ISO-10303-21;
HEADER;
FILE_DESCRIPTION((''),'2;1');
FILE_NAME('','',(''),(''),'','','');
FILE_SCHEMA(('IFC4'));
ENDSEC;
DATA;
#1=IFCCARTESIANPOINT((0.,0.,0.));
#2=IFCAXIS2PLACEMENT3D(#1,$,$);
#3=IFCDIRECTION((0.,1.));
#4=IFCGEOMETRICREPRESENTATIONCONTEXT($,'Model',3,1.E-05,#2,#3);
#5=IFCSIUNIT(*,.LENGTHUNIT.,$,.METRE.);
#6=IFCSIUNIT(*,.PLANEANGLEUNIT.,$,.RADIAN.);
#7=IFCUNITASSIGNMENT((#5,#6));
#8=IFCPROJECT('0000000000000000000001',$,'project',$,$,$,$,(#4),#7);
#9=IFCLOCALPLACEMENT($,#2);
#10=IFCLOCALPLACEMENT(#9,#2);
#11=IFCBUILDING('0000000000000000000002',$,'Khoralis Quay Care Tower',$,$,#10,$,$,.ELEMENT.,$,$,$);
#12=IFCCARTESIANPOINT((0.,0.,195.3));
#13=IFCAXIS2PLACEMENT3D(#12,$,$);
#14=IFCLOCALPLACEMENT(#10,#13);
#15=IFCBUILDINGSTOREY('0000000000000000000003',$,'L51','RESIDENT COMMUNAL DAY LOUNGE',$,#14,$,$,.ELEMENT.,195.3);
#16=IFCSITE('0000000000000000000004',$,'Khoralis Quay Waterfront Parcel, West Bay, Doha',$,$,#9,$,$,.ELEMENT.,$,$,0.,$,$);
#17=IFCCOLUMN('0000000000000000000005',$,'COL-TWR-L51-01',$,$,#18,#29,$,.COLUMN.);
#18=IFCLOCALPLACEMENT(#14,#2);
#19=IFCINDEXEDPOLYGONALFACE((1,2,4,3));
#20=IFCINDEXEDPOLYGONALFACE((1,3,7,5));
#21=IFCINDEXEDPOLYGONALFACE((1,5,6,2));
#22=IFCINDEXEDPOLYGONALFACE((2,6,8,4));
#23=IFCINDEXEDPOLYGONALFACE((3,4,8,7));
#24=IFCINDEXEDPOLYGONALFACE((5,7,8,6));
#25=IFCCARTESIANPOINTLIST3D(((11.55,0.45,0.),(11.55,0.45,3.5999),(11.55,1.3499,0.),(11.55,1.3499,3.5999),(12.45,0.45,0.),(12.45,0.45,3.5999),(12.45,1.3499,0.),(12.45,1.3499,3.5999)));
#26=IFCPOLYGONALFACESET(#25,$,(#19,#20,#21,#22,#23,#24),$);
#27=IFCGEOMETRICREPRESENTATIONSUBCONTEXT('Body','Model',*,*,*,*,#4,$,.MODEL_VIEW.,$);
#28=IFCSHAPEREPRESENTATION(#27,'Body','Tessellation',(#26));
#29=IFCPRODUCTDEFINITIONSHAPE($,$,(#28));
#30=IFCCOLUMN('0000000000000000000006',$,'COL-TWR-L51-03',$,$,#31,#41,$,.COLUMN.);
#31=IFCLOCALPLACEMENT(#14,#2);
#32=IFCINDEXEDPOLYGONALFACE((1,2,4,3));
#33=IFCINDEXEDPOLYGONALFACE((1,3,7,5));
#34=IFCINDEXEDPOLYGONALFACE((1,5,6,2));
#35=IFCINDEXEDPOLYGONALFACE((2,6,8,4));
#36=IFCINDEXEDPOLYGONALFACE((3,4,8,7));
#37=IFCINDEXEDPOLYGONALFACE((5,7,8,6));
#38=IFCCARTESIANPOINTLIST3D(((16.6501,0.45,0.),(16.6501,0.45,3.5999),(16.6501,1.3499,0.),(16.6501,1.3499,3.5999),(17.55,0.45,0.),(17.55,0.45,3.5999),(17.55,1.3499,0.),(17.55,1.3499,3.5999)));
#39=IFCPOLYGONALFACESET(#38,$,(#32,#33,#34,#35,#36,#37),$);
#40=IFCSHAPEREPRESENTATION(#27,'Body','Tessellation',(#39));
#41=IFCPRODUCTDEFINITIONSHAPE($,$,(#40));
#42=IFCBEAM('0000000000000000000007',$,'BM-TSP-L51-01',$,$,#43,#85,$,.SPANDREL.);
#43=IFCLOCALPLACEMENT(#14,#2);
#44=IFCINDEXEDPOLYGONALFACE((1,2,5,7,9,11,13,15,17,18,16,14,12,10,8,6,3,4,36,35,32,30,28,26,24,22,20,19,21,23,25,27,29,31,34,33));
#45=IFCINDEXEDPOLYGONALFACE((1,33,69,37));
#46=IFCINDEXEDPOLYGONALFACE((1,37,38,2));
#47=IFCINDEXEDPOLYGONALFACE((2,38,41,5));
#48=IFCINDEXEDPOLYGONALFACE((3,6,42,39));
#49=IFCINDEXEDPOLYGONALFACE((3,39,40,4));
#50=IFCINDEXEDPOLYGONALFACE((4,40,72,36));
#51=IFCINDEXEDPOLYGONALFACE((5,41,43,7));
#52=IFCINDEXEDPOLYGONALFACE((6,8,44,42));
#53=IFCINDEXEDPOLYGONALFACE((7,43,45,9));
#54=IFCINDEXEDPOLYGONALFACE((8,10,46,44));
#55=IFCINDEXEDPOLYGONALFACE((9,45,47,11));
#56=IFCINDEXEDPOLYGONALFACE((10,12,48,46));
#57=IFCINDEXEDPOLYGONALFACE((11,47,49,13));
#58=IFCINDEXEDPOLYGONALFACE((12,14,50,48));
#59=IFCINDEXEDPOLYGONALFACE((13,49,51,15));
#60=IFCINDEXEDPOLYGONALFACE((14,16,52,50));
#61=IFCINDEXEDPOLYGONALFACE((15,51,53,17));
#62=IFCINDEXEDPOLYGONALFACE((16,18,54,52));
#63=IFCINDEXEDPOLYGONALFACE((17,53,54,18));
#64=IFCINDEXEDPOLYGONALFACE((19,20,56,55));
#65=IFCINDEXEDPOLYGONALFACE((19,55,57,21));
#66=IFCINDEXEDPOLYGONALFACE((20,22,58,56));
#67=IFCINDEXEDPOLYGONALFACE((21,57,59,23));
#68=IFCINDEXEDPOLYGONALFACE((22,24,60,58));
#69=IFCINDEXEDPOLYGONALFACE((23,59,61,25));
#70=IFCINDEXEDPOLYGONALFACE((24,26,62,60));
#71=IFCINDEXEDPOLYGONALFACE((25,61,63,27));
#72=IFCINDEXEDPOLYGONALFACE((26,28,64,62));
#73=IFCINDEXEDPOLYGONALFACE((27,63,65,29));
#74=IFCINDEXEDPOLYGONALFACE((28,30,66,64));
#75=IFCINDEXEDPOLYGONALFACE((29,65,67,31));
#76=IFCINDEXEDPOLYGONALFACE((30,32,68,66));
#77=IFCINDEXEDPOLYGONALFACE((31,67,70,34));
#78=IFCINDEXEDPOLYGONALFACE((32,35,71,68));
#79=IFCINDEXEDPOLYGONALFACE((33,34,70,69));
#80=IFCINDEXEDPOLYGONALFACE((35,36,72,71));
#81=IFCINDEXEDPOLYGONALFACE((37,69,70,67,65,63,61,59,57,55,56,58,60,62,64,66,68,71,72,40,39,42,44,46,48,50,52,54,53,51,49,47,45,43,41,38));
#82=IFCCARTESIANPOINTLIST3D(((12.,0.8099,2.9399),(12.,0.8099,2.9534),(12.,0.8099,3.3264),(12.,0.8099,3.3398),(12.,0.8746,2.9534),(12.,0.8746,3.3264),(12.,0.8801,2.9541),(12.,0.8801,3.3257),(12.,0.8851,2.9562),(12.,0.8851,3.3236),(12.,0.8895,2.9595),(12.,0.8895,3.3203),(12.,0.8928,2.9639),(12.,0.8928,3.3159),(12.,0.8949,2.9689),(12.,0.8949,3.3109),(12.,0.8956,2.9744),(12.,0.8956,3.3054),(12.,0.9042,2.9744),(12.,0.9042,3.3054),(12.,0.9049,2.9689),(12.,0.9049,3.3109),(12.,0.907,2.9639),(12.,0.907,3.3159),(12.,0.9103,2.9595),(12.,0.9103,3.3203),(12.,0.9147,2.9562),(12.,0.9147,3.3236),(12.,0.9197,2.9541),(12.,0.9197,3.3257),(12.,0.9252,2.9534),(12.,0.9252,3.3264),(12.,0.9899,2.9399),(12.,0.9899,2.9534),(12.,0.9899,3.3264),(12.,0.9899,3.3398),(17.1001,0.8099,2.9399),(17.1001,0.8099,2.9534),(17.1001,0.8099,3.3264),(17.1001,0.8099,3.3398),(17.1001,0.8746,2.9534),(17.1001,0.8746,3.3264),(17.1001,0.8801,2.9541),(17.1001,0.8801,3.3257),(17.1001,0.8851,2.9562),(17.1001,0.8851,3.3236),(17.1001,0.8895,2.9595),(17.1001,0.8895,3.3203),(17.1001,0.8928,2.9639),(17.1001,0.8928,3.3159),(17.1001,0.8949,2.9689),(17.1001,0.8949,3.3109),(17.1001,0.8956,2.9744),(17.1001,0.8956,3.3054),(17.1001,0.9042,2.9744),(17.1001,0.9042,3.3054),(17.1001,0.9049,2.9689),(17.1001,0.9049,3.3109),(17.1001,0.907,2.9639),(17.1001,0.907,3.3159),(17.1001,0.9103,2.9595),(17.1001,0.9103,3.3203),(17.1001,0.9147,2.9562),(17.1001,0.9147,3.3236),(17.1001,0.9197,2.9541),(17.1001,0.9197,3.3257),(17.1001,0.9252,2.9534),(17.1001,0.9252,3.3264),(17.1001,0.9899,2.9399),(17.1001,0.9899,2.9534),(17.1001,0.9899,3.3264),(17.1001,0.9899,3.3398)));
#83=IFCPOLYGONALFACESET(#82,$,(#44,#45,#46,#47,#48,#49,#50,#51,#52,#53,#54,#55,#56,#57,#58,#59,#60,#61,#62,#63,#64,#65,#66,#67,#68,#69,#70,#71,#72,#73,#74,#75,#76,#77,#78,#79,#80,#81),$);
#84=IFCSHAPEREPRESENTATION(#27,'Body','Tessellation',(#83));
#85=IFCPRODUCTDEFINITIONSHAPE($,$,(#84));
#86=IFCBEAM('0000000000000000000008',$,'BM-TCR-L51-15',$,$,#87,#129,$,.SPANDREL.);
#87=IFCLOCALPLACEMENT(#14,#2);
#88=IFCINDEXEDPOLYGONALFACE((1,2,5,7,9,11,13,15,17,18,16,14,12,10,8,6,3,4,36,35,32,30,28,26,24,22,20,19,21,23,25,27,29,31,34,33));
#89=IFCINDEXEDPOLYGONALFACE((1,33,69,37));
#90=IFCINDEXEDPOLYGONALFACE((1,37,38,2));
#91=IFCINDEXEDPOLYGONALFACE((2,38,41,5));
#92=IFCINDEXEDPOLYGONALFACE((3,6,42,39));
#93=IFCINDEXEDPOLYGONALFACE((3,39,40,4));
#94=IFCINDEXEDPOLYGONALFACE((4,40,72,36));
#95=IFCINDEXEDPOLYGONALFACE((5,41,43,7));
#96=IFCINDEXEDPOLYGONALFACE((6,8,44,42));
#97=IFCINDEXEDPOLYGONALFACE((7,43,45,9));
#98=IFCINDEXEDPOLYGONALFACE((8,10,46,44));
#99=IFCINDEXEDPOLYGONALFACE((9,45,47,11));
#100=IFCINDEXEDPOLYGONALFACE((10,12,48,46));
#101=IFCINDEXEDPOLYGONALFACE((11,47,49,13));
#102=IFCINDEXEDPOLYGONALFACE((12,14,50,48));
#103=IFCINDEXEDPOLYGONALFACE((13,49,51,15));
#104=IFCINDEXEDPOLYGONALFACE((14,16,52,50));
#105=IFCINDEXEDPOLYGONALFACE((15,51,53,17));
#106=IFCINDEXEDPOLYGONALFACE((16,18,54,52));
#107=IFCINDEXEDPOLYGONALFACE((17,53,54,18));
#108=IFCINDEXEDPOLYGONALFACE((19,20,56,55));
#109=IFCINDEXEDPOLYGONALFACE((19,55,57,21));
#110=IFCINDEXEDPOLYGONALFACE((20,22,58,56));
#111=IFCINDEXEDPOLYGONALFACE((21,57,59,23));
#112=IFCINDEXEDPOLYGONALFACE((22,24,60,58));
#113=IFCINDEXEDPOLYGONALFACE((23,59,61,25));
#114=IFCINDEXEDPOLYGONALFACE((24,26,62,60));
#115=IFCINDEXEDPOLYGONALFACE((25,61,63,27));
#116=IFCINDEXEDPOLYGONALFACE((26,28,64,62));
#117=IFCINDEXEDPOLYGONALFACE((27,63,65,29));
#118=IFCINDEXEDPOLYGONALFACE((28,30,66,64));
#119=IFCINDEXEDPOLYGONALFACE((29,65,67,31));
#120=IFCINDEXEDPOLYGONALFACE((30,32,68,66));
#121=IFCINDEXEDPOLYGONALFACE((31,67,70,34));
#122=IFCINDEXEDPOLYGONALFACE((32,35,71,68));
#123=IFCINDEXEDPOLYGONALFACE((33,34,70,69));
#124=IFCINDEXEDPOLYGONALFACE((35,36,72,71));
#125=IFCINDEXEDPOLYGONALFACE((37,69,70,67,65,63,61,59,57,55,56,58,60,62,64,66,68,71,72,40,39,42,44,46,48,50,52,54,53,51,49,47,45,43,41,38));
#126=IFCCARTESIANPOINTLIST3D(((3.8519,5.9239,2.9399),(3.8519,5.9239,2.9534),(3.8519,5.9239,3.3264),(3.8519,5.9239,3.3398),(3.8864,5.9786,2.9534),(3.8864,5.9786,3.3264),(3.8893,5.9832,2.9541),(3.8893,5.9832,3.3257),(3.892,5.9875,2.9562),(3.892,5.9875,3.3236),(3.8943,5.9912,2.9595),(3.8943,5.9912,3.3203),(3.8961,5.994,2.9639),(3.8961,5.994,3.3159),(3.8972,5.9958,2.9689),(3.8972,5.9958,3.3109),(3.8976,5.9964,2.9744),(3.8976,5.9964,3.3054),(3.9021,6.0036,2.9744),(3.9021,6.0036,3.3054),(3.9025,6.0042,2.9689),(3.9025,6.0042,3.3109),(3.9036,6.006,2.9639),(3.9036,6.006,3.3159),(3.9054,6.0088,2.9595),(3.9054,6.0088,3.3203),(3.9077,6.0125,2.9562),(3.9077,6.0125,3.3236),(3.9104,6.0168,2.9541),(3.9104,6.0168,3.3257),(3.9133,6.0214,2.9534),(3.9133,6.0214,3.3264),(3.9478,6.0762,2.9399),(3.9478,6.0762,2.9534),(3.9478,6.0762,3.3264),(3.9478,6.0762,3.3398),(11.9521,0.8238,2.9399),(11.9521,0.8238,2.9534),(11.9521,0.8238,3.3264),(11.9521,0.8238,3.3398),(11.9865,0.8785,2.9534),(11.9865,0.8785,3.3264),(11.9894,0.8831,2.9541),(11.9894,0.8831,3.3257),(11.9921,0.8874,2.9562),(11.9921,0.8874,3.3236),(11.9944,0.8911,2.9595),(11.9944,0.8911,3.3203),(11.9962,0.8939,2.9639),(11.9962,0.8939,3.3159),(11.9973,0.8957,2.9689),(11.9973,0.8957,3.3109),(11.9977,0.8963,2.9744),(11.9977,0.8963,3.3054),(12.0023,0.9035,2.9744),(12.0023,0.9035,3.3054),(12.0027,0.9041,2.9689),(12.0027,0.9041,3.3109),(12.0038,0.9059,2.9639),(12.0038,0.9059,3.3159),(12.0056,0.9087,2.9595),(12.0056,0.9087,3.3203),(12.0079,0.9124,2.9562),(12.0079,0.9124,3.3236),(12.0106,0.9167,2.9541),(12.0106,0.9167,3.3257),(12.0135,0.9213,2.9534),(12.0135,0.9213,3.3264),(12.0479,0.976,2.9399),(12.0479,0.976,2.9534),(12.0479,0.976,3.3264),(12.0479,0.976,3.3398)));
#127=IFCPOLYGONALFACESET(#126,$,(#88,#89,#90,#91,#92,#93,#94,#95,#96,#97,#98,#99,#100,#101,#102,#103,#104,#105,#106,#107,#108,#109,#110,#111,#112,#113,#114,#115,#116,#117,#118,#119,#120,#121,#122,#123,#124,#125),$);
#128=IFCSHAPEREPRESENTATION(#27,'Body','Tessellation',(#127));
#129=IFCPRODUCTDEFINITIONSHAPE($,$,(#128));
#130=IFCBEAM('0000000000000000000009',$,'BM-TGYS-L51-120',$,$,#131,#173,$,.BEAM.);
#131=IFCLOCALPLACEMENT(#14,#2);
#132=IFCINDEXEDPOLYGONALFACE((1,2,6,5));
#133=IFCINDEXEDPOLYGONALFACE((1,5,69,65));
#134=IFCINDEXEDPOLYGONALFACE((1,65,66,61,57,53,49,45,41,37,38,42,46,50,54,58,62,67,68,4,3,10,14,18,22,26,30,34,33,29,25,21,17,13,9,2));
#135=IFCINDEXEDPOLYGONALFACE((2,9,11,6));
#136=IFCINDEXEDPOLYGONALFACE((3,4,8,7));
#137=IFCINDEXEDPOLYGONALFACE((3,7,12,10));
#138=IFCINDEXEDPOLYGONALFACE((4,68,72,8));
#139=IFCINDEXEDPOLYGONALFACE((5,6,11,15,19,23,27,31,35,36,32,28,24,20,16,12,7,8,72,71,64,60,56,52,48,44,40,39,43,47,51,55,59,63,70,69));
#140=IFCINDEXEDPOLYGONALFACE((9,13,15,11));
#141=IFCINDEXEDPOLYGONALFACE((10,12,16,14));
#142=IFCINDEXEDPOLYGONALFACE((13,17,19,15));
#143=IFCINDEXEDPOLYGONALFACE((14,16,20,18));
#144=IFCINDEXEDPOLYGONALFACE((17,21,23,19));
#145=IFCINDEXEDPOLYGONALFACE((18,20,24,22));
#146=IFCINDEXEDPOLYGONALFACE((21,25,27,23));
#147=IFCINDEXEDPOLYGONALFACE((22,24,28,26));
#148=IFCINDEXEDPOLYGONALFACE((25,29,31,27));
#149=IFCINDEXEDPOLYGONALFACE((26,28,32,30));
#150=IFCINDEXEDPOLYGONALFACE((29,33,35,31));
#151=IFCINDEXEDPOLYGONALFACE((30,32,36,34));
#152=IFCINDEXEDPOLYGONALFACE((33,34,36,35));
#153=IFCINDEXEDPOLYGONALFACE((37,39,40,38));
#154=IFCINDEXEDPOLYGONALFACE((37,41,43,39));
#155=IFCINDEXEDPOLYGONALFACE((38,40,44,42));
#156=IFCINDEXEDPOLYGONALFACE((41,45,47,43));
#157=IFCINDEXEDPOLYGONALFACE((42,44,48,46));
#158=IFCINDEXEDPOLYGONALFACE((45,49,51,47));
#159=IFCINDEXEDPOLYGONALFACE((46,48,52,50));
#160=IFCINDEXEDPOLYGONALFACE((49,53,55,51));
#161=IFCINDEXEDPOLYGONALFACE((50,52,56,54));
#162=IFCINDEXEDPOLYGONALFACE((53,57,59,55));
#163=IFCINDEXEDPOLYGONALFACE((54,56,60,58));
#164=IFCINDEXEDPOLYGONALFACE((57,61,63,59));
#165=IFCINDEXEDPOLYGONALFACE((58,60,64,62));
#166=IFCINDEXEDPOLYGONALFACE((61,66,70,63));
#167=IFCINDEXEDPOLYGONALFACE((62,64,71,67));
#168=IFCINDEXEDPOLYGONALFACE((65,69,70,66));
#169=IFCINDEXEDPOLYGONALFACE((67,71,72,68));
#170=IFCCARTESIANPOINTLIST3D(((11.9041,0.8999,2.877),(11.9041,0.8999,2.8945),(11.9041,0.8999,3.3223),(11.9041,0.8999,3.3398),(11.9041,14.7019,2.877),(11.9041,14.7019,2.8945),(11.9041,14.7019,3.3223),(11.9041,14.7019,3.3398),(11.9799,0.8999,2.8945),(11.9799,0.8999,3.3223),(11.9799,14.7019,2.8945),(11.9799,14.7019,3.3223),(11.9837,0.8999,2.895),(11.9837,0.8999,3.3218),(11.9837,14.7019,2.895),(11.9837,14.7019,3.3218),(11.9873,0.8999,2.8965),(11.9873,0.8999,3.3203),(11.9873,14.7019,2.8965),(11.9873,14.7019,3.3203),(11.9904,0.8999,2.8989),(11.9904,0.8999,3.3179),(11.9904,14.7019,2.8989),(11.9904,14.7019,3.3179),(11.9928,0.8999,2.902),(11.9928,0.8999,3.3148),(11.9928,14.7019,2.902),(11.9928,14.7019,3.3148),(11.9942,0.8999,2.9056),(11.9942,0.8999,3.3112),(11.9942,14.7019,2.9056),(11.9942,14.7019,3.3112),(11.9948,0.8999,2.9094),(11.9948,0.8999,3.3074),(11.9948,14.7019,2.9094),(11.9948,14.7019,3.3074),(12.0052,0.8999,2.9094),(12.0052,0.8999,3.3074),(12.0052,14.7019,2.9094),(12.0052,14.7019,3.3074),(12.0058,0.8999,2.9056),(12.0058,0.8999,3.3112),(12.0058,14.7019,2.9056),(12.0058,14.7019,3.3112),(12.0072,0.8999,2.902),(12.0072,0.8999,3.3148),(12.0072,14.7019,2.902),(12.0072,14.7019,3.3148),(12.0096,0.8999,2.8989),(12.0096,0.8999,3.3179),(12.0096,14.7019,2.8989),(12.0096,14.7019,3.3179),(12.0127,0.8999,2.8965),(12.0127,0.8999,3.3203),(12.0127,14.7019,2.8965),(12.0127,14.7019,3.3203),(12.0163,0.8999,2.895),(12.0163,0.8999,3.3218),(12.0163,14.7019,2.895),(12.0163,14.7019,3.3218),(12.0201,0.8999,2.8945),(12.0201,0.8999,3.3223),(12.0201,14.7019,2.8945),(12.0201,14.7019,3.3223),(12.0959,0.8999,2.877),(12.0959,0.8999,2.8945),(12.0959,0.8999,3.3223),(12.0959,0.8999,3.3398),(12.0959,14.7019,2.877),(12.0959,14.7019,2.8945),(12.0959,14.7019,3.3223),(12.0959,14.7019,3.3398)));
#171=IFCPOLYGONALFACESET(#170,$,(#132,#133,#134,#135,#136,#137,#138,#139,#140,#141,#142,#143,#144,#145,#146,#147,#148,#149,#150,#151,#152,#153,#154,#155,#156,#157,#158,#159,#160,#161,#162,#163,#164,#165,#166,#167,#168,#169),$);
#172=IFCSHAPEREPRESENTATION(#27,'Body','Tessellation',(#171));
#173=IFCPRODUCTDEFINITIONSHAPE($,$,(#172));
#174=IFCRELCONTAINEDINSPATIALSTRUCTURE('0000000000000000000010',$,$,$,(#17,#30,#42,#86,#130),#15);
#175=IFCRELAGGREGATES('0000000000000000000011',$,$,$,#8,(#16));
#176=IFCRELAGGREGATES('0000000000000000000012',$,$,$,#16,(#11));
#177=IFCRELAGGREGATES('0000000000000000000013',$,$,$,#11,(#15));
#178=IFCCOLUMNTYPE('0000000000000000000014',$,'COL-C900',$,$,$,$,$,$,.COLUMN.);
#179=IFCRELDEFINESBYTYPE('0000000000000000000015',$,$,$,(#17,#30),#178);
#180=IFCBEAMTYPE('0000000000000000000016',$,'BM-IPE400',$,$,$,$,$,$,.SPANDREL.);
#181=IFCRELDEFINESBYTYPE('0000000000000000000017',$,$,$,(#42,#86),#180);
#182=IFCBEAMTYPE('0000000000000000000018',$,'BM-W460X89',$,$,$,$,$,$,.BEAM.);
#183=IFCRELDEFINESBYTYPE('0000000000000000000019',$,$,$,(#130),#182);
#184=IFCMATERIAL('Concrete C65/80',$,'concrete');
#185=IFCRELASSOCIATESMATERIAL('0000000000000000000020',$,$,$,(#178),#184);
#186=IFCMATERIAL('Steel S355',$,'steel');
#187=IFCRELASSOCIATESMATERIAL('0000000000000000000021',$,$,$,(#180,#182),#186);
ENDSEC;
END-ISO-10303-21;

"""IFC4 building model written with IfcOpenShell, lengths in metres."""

from ifc_helpers import new_model, si_unit, direction, frame, origin, origin_2d, place, context, subcontext, project, spatial, rectangle, i_section, extrude, source, transform, mapped, material, material_profile, profile_set, type_object, element, save


model = new_model("IFC4")

# Units and contexts
model_context = context("Model", 3, precision=1e-05, world=origin(), true_north=direction((0.0, 1.0)))
body_context = subcontext(model_context, "Body", "Model", "MODEL_VIEW")
ifc_project = project(units=[si_unit("LENGTHUNIT", "METRE"), si_unit("PLANEANGLEUNIT", "RADIAN")], contexts=[model_context])

# Site, building, storey
site_placement = place(None, origin())
site = spatial("IfcSite", under=ifc_project, at=site_placement, Name="Khoralis Quay Waterfront Parcel, West Bay, Doha", CompositionType="ELEMENT", RefElevation=0.0)
building_placement = place(site_placement, origin())
building = spatial("IfcBuilding", under=site, at=building_placement, Name="Khoralis Quay Care Tower", CompositionType="ELEMENT")
storey_placement = place(building_placement, frame((0.0, 0.0, 195.3)))
storey = spatial("IfcBuildingStorey", under=building, at=storey_placement, Name="L51", Description="RESIDENT COMMUNAL DAY LOUNGE", CompositionType="ELEMENT", Elevation=195.3)

# Columns
ifc_material_1 = material(Name="Concrete C65/80", Category="concrete")
ifc_material_profile_1 = material_profile(ifc_material_1, rectangle(XDim=0.8999, YDim=0.8999, at=origin_2d()), Name="Concrete C65/80")
ifc_profile_set_1 = profile_set([ifc_material_profile_1], Name="Concrete C65/80")
column_type = type_object("IfcColumnType", Name="COL-C900", PredefinedType="COLUMN", material=ifc_profile_set_1)
shared_shape_1 = source(origin(), body_context, "Body", "SweptSolid", [
    extrude(rectangle(XDim=0.8999, YDim=0.8999, at=origin_2d()), origin(), (0.0, 0.0, 1.0), 3.5999),
])
for number, where, z_axis, x_axis, name in (
    (1, (12.0, 0.8999, 0.0), (0.0, 0.0, 1.0), (1.0, 0.0, 0.0), "COL-TWR-L51-01"),
    (2, (17.1001, 0.8999, 0.0), (0.0, 0.0, 1.0), (1.0, 0.0, 0.0), "COL-TWR-L51-03"),
):
    element("IfcColumn", number, at=place(storey_placement, frame(where, z_axis=z_axis, x_axis=x_axis)), inside=storey, type_object=column_type, Name=name, PredefinedType="COLUMN", context=body_context, shape_type="MappedRepresentation", body=[
        mapped(shared_shape_1, transform((0.0, 0.0, 0.0), scale=1.0)),
    ])

# Beams
ifc_material_2 = material(Name="Steel S355", Category="steel")
ifc_material_profile_2 = material_profile(ifc_material_2, i_section(OverallWidth=0.1799, OverallDepth=0.3999, WebThickness=0.0085, FlangeThickness=0.0134, FilletRadius=0.021, at=origin_2d()), Name="Steel S355")
ifc_profile_set_2 = profile_set([ifc_material_profile_2], Name="Steel S355")
beam_type_1 = type_object("IfcBeamType", Name="BM-IPE400", PredefinedType="SPANDREL", material=ifc_profile_set_2)
shared_shape_2 = source(origin(), body_context, "Body", "SweptSolid", [
    extrude(i_section(OverallWidth=0.1799, OverallDepth=0.3999, WebThickness=0.0085, FlangeThickness=0.0134, FilletRadius=0.021, at=origin_2d()), origin(), (0.0, 0.0, 1.0), 5.1001),
])
beam_1_placement = place(storey_placement, frame((12.0, 0.8999, 3.1399), z_axis=(1.0, 0.0, 0.0), x_axis=(0.0, 1.0, 0.0)))
element("IfcBeam", 3, at=beam_1_placement, inside=storey, type_object=beam_type_1, Name="BM-TSP-L51-01", PredefinedType="SPANDREL", context=body_context, shape_type="MappedRepresentation", body=[
    mapped(shared_shape_2, transform((0.0, 0.0, 0.0), scale=1.0)),
])
shared_shape_3 = source(origin(), body_context, "Body", "SweptSolid", [
    extrude(i_section(OverallWidth=0.1799, OverallDepth=0.3999, WebThickness=0.0085, FlangeThickness=0.0134, FilletRadius=0.021, at=origin_2d()), origin(), (0.0, 0.0, 1.0), 9.572),
])
beam_2_placement = place(storey_placement, frame((12.0, 0.8999, 3.1399), z_axis=(-0.846231, 0.532816, 0.0), x_axis=(-0.532816, -0.846231, 0.0)))
element("IfcBeam", 4, at=beam_2_placement, inside=storey, type_object=beam_type_1, Name="BM-TCR-L51-15", PredefinedType="SPANDREL", context=body_context, shape_type="MappedRepresentation", body=[
    mapped(shared_shape_3, transform((0.0, 0.0, 0.0), scale=1.0)),
])
ifc_material_profile_3 = material_profile(ifc_material_2, i_section(OverallWidth=0.1919, OverallDepth=0.4629, WebThickness=0.0105, FlangeThickness=0.0176, FilletRadius=0.0149, at=origin_2d()), Name="Steel S355")
ifc_profile_set_3 = profile_set([ifc_material_profile_3], Name="Steel S355")
beam_type_2 = type_object("IfcBeamType", Name="BM-W460X89", PredefinedType="BEAM", material=ifc_profile_set_3)
shared_shape_4 = source(origin(), body_context, "Body", "SweptSolid", [
    extrude(i_section(OverallWidth=0.1919, OverallDepth=0.4629, WebThickness=0.0105, FlangeThickness=0.0176, FilletRadius=0.0149, at=origin_2d()), origin(), (0.0, 0.0, 1.0), 13.802),
])
beam_3_placement = place(storey_placement, frame((12.0, 0.8999, 3.1084), z_axis=(0.0, 1.0, 0.0), x_axis=(-1.0, 0.0, 0.0)))
element("IfcBeam", 5, at=beam_3_placement, inside=storey, type_object=beam_type_2, Name="BM-TGYS-L51-120", PredefinedType="BEAM", context=body_context, shape_type="MappedRepresentation", body=[
    mapped(shared_shape_4, transform((0.0, 0.0, 0.0), scale=1.0)),
])

save(model, "model.ifc")
